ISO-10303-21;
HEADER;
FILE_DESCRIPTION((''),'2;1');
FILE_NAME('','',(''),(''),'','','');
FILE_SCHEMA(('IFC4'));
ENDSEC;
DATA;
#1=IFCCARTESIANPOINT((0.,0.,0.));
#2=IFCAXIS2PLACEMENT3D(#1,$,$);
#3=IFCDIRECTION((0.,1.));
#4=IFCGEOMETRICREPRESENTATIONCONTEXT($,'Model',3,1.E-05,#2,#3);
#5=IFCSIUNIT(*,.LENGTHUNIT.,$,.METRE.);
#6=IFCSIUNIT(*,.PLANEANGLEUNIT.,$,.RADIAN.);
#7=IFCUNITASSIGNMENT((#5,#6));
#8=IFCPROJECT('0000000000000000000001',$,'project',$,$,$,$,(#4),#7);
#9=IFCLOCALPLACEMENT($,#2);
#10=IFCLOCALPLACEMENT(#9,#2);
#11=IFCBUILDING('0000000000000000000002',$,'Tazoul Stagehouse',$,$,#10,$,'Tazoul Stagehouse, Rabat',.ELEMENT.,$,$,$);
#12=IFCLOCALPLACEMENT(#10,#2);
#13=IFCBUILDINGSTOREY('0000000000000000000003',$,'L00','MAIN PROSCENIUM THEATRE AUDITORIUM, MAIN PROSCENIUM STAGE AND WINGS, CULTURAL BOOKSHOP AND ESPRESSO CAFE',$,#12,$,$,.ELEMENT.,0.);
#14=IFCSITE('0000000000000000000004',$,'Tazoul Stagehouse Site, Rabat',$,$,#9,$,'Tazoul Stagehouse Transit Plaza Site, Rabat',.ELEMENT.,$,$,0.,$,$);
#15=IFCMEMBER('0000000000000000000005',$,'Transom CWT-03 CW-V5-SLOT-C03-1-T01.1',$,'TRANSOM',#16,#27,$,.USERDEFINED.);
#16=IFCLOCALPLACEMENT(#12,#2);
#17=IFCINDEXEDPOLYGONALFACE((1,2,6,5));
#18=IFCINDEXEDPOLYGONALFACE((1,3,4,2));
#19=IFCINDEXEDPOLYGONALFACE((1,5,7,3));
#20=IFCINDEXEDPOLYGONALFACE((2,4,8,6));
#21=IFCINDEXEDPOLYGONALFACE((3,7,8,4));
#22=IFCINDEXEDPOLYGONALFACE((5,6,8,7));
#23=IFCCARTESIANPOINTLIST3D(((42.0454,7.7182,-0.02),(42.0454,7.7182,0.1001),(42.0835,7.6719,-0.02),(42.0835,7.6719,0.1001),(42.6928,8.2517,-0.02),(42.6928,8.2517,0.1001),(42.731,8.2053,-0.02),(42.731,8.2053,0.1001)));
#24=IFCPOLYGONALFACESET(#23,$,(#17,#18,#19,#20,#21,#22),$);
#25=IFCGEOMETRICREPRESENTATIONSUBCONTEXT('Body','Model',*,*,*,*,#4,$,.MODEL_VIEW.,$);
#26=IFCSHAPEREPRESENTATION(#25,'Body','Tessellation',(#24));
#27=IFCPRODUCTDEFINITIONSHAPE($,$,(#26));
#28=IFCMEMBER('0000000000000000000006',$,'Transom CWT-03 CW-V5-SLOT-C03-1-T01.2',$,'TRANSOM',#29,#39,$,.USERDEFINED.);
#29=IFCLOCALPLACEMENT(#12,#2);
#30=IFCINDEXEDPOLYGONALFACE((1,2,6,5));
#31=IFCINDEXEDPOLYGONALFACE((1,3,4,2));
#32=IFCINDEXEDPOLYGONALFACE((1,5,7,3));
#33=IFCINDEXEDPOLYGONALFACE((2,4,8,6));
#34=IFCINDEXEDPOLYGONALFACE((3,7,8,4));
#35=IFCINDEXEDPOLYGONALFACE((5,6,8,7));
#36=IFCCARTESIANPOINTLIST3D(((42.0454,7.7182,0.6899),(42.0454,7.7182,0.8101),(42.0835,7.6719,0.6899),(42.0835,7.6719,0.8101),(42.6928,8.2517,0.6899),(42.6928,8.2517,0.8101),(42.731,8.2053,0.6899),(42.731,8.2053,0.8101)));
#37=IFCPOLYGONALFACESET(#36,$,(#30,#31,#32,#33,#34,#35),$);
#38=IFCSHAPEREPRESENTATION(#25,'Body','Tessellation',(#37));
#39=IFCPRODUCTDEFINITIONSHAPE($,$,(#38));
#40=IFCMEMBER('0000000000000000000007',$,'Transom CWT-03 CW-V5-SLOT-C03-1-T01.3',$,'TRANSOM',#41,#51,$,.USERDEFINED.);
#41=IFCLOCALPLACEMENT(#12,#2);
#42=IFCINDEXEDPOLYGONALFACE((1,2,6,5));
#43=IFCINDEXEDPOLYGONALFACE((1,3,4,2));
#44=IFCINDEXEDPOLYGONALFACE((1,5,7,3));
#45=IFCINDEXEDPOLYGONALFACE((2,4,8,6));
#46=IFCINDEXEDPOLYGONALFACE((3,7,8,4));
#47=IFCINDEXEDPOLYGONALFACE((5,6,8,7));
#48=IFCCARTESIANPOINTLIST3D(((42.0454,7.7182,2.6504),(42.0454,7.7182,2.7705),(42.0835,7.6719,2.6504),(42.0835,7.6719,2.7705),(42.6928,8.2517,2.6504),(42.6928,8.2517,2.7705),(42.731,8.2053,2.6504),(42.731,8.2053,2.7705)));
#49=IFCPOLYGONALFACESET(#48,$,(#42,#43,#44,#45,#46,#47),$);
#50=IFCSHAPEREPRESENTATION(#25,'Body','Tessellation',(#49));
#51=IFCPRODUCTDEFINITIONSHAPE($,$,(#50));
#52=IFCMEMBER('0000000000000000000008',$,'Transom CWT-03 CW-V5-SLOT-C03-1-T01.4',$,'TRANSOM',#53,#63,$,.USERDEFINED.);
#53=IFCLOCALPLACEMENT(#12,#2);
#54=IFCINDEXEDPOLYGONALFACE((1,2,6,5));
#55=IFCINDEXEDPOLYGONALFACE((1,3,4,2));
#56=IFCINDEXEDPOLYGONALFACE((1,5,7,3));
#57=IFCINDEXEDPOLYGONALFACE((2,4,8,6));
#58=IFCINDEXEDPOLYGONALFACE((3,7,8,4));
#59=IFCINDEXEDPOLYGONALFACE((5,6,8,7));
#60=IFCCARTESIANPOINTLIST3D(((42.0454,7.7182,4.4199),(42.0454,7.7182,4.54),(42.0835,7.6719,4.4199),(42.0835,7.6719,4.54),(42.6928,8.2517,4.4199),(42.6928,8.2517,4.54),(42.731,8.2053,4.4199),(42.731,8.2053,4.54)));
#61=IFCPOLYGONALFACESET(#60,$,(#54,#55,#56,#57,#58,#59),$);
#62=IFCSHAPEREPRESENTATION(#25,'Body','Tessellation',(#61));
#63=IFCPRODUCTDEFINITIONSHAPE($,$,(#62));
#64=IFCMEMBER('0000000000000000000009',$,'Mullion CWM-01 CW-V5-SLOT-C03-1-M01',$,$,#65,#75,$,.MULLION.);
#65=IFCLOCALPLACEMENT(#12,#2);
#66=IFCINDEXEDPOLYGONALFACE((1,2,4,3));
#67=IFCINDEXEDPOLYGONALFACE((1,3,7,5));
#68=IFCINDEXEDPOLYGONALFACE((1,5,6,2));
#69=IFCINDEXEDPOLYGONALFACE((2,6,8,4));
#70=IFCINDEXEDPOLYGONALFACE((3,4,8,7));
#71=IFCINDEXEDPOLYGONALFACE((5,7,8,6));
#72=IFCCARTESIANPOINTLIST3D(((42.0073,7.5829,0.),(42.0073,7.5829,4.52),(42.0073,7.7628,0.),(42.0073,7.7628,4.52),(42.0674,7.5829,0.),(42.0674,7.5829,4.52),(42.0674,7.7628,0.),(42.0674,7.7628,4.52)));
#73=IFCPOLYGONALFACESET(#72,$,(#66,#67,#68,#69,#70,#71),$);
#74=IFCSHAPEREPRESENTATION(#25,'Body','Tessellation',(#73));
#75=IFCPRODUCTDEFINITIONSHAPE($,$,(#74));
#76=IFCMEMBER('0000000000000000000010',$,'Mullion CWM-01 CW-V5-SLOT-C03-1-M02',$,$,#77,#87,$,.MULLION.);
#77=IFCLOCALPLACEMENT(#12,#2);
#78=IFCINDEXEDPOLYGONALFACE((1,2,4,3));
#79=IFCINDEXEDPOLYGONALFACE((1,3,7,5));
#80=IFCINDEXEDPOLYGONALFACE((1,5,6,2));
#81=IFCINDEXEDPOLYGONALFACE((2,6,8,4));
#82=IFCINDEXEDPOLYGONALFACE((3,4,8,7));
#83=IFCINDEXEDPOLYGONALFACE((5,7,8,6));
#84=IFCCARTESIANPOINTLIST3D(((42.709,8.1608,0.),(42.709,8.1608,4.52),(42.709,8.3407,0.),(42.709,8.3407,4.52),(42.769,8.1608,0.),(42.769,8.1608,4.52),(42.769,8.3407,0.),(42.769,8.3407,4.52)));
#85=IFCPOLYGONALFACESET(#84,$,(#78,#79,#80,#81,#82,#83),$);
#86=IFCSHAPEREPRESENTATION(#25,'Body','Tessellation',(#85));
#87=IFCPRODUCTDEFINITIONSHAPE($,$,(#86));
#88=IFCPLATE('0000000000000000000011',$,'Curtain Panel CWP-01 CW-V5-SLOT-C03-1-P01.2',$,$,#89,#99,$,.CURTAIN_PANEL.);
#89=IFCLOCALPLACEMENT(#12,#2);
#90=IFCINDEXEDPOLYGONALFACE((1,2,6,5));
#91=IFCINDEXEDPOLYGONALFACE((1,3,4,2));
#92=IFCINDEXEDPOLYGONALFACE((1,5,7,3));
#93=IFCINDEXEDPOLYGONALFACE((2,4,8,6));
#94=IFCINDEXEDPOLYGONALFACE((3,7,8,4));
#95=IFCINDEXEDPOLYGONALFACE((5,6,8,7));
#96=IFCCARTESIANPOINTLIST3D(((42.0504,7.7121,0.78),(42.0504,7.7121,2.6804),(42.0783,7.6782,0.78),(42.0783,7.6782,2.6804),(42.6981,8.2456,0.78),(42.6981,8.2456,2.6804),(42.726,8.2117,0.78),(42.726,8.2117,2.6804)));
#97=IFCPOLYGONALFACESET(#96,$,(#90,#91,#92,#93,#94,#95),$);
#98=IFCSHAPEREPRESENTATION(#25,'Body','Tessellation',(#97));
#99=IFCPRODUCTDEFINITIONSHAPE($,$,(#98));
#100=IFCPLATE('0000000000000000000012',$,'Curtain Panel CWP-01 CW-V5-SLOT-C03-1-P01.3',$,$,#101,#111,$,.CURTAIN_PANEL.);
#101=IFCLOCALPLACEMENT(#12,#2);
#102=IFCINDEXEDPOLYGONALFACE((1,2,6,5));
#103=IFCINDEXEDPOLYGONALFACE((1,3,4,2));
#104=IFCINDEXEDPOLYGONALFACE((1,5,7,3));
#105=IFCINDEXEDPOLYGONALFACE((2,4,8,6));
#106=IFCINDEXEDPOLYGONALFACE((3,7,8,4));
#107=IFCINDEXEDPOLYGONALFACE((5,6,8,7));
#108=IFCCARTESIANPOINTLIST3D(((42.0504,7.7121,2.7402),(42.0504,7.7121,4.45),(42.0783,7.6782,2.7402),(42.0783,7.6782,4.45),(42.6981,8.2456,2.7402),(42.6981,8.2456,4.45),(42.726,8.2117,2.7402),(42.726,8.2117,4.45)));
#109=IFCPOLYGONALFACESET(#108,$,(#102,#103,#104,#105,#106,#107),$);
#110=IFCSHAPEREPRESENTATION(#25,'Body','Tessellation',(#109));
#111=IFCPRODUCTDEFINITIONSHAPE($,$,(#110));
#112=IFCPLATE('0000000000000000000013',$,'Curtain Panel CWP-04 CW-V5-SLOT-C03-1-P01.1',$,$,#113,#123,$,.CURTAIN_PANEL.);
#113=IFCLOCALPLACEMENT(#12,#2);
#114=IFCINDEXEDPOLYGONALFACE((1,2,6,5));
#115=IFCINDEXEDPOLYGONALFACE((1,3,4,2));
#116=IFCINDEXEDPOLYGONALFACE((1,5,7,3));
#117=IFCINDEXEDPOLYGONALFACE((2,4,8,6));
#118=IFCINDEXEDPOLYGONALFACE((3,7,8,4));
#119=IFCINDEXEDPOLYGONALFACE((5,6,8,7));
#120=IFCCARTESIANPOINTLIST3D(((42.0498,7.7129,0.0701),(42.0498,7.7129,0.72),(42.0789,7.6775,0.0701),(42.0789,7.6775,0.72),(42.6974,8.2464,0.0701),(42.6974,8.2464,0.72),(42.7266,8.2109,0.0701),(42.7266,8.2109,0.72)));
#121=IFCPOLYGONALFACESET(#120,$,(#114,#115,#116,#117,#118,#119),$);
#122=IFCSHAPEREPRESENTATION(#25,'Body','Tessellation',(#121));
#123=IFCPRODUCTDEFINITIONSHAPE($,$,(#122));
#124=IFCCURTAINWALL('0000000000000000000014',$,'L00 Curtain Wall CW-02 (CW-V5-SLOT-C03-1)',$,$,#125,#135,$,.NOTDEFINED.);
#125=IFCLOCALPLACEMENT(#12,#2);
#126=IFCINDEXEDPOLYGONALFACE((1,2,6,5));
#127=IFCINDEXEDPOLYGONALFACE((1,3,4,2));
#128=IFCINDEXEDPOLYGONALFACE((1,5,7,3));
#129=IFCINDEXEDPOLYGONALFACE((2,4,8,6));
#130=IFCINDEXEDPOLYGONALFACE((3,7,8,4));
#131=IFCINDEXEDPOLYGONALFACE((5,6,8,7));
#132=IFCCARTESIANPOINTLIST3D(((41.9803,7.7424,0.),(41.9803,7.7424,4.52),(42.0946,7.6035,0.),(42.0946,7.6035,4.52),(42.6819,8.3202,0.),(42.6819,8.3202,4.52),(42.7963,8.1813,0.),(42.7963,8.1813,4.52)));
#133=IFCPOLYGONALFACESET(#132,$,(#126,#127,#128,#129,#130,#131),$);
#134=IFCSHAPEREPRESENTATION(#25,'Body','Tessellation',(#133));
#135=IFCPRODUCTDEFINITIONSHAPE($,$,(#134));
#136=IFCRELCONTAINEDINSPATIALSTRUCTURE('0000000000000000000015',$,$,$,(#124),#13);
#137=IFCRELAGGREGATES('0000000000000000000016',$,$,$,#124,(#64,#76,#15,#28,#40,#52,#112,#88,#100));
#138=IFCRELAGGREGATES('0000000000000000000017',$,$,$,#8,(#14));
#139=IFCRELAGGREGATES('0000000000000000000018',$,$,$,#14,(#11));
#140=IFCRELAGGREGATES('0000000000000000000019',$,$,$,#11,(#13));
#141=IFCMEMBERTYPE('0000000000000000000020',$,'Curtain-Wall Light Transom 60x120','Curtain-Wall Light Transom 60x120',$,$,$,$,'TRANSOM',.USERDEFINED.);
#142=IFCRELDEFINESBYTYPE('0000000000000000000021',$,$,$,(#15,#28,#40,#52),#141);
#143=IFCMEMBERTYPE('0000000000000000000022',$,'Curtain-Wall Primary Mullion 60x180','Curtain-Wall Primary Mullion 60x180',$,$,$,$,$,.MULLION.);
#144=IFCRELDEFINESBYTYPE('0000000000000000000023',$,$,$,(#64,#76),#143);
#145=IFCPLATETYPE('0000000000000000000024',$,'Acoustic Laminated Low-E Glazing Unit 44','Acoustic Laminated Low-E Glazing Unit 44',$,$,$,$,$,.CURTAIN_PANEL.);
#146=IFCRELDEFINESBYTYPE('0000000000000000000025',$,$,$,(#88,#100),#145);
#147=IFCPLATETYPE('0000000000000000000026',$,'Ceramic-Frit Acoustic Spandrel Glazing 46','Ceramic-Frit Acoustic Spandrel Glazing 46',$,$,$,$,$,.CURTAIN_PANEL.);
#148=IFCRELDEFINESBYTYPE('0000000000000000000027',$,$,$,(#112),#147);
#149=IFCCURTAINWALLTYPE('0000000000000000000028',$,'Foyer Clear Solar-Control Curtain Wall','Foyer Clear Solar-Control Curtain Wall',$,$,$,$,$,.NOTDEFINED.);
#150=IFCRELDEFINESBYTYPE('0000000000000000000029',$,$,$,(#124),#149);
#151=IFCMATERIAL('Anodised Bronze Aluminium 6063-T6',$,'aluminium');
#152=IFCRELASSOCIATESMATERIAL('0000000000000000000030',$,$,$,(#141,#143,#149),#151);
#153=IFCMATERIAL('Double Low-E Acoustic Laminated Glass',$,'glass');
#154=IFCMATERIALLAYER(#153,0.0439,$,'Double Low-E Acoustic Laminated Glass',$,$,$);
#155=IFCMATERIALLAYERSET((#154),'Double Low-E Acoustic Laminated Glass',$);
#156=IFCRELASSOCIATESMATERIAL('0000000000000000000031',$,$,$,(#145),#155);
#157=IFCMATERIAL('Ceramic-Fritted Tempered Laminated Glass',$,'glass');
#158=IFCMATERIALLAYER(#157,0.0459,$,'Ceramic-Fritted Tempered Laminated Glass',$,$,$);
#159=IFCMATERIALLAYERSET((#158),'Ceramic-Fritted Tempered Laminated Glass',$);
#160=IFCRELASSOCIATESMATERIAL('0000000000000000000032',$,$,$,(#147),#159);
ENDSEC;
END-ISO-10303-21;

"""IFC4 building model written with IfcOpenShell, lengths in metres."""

from ifc_helpers import new_model, si_unit, direction, frame, frame_2d, origin, origin_2d, place, context, subcontext, project, spatial, rectangle, extrude, material, layer, layer_set, material_profile, profile_set, type_object, element, aggregate, save


model = new_model("IFC4")

# Units and contexts
model_context = context("Model", 3, precision=1e-05, world=origin(), true_north=direction((0.0, 1.0)))
body_context = subcontext(model_context, "Body", "Model", "MODEL_VIEW")
ifc_project = project(units=[si_unit("LENGTHUNIT", "METRE"), si_unit("PLANEANGLEUNIT", "RADIAN")], contexts=[model_context])

# Site, building, storey
site_placement = place(None, origin())
site = spatial("IfcSite", under=ifc_project, at=site_placement, Name="Tazoul Stagehouse Site, Rabat", LongName="Tazoul Stagehouse Transit Plaza Site, Rabat", CompositionType="ELEMENT", RefElevation=0.0)
building_placement = place(site_placement, origin())
building = spatial("IfcBuilding", under=site, at=building_placement, Name="Tazoul Stagehouse", LongName="Tazoul Stagehouse, Rabat", CompositionType="ELEMENT")
storey_placement = place(building_placement, origin())
storey = spatial("IfcBuildingStorey", under=building, at=storey_placement, Name="L00", Description="MAIN PROSCENIUM THEATRE AUDITORIUM, MAIN PROSCENIUM STAGE AND WINGS, CULTURAL BOOKSHOP AND ESPRESSO CAFE", CompositionType="ELEMENT", Elevation=0.0)

# Members
ifc_material_1 = material(Name="Anodised Bronze Aluminium 6063-T6", Category="aluminium")
ifc_material_profile_1 = material_profile(ifc_material_1, rectangle(XDim=0.0601, YDim=0.1201, at=origin_2d()), Name="ALU TRANSOM 60x120")
ifc_profile_set_1 = profile_set([ifc_material_profile_1], Name="Anodised Bronze Aluminium 6063-T6")
member_type_1 = type_object("IfcMemberType", Name="Curtain-Wall Light Transom 60x120", Description="Curtain-Wall Light Transom 60x120", ElementType="TRANSOM", PredefinedType="USERDEFINED", material=ifc_profile_set_1)
member_1_placement = place(storey_placement, frame((42.0645, 7.6951, 0.04), z_axis=(0.771787, 0.635881, 0.0), x_axis=(-0.635881, 0.771787, 0.0)))
member_1 = element("IfcMember", 1, at=member_1_placement, type_object=member_type_1, Name="Transom CWT-03 CW-V5-SLOT-C03-1-T01.1", ObjectType="TRANSOM", PredefinedType="USERDEFINED", context=body_context, shape_type="SweptSolid", body=[
    extrude(rectangle(XDim=0.0601, YDim=0.1201, at=origin_2d()), origin(), (0.0, 0.0, 1.0), 0.8389),
])
member_2_placement = place(storey_placement, frame((42.0645, 7.6951, 0.75), z_axis=(0.771787, 0.635881, 0.0), x_axis=(-0.635881, 0.771787, 0.0)))
member_2 = element("IfcMember", 2, at=member_2_placement, type_object=member_type_1, Name="Transom CWT-03 CW-V5-SLOT-C03-1-T01.2", ObjectType="TRANSOM", PredefinedType="USERDEFINED", context=body_context, shape_type="SweptSolid", body=[
    extrude(rectangle(XDim=0.0601, YDim=0.1201, at=origin_2d()), origin(), (0.0, 0.0, 1.0), 0.8389),
])
member_3_placement = place(storey_placement, frame((42.0645, 7.6951, 2.7104), z_axis=(0.771787, 0.635881, 0.0), x_axis=(-0.635881, 0.771787, 0.0)))
member_3 = element("IfcMember", 3, at=member_3_placement, type_object=member_type_1, Name="Transom CWT-03 CW-V5-SLOT-C03-1-T01.3", ObjectType="TRANSOM", PredefinedType="USERDEFINED", context=body_context, shape_type="SweptSolid", body=[
    extrude(rectangle(XDim=0.0601, YDim=0.1201, at=origin_2d()), origin(), (0.0, 0.0, 1.0), 0.8389),
])
member_4_placement = place(storey_placement, frame((42.0645, 7.6951, 4.48), z_axis=(0.771787, 0.635881, 0.0), x_axis=(-0.635881, 0.771787, 0.0)))
member_4 = element("IfcMember", 4, at=member_4_placement, type_object=member_type_1, Name="Transom CWT-03 CW-V5-SLOT-C03-1-T01.4", ObjectType="TRANSOM", PredefinedType="USERDEFINED", context=body_context, shape_type="SweptSolid", body=[
    extrude(rectangle(XDim=0.0601, YDim=0.1201, at=origin_2d()), origin(), (0.0, 0.0, 1.0), 0.8389),
])
ifc_material_profile_2 = material_profile(ifc_material_1, rectangle(XDim=0.0601, YDim=0.1799, at=origin_2d()), Name="ALU MULLION 60x180")
ifc_profile_set_2 = profile_set([ifc_material_profile_2], Name="Anodised Bronze Aluminium 6063-T6")
member_type_2 = type_object("IfcMemberType", Name="Curtain-Wall Primary Mullion 60x180", Description="Curtain-Wall Primary Mullion 60x180", PredefinedType="MULLION", material=ifc_profile_set_2)
member_5_placement = place(storey_placement, frame((42.0374, 7.6729, 0.0), z_axis=(0.0, 0.0, 1.0), x_axis=(1.0, 0.0, 0.0)))
member_5 = element("IfcMember", 5, at=member_5_placement, type_object=member_type_2, Name="Mullion CWM-01 CW-V5-SLOT-C03-1-M01", PredefinedType="MULLION", context=body_context, shape_type="SweptSolid", body=[
    extrude(rectangle(XDim=0.0601, YDim=0.1799, at=origin_2d()), origin(), (0.0, 0.0, 1.0), 4.52),
])
member_6_placement = place(storey_placement, frame((42.739, 8.2507, 0.0), z_axis=(0.0, 0.0, 1.0), x_axis=(1.0, 0.0, 0.0)))
member_6 = element("IfcMember", 6, at=member_6_placement, type_object=member_type_2, Name="Mullion CWM-01 CW-V5-SLOT-C03-1-M02", PredefinedType="MULLION", context=body_context, shape_type="SweptSolid", body=[
    extrude(rectangle(XDim=0.0601, YDim=0.1799, at=origin_2d()), origin(), (0.0, 0.0, 1.0), 4.52),
])

# Plates
ifc_material_2 = material(Name="Double Low-E Acoustic Laminated Glass", Category="glass")
ifc_layer_1 = layer(ifc_material_2, 0.0439, Name="Double Low-E Acoustic Laminated Glass")
ifc_layer_set_1 = layer_set([ifc_layer_1], Name="Double Low-E Acoustic Laminated Glass")
plate_type_1 = type_object("IfcPlateType", Name="Acoustic Laminated Low-E Glazing Unit 44", Description="Acoustic Laminated Low-E Glazing Unit 44", PredefinedType="CURTAIN_PANEL", material=ifc_layer_set_1)
plate_1_placement = place(storey_placement, frame((42.3882, 7.9619, 0.78), z_axis=(0.0, 0.0, 1.0), x_axis=(0.77187, 0.635781, 0.0)))
plate_1 = element("IfcPlate", 7, at=plate_1_placement, type_object=plate_type_1, Name="Curtain Panel CWP-01 CW-V5-SLOT-C03-1-P01.2", PredefinedType="CURTAIN_PANEL", context=body_context, shape_type="SweptSolid", body=[
    extrude(rectangle(XDim=0.8391, YDim=0.0439, at=origin_2d()), origin(), (0.0, 0.0, 1.0), 1.9004),
])
plate_2_placement = place(storey_placement, frame((42.3882, 7.9619, 2.7402), z_axis=(0.0, 0.0, 1.0), x_axis=(0.77187, 0.635781, 0.0)))
plate_2 = element("IfcPlate", 8, at=plate_2_placement, type_object=plate_type_1, Name="Curtain Panel CWP-01 CW-V5-SLOT-C03-1-P01.3", PredefinedType="CURTAIN_PANEL", context=body_context, shape_type="SweptSolid", body=[
    extrude(rectangle(XDim=0.8391, YDim=0.0439, at=origin_2d()), origin(), (0.0, 0.0, 1.0), 1.7097),
])
ifc_material_3 = material(Name="Ceramic-Fritted Tempered Laminated Glass", Category="glass")
ifc_layer_2 = layer(ifc_material_3, 0.0459, Name="Ceramic-Fritted Tempered Laminated Glass")
ifc_layer_set_2 = layer_set([ifc_layer_2], Name="Ceramic-Fritted Tempered Laminated Glass")
plate_type_2 = type_object("IfcPlateType", Name="Ceramic-Frit Acoustic Spandrel Glazing 46", Description="Ceramic-Frit Acoustic Spandrel Glazing 46", PredefinedType="CURTAIN_PANEL", material=ifc_layer_set_2)
plate_3_placement = place(storey_placement, frame((42.3882, 7.9619, 0.0701), z_axis=(0.0, 0.0, 1.0), x_axis=(0.77187, 0.635781, 0.0)))
plate_3 = element("IfcPlate", 9, at=plate_3_placement, type_object=plate_type_2, Name="Curtain Panel CWP-04 CW-V5-SLOT-C03-1-P01.1", PredefinedType="CURTAIN_PANEL", context=body_context, shape_type="SweptSolid", body=[
    extrude(rectangle(XDim=0.8391, YDim=0.0459, at=origin_2d()), origin(), (0.0, 0.0, 1.0), 0.6499),
])

# Curtain wall
curtain_wall_type = type_object("IfcCurtainWallType", Name="Foyer Clear Solar-Control Curtain Wall", Description="Foyer Clear Solar-Control Curtain Wall", PredefinedType="NOTDEFINED", material=ifc_material_1)
curtain_wall_1_placement = place(storey_placement, frame((42.0374, 7.6729, 0.0), z_axis=(0.0, 0.0, 1.0), x_axis=(0.771907, 0.635735, 0.0)))
curtain_wall_1 = element("IfcCurtainWall", 10, at=curtain_wall_1_placement, inside=storey, type_object=curtain_wall_type, Name="L00 Curtain Wall CW-02 (CW-V5-SLOT-C03-1)", PredefinedType="NOTDEFINED", context=body_context, shape_type="SweptSolid", body=[
    extrude(rectangle(XDim=0.9089, YDim=0.1799, at=frame_2d((0.4546, 0.0))), origin(), (0.0, 0.0, 1.0), 4.52),
])
aggregate(curtain_wall_1, [member_5, member_6, member_1, member_2, member_3, member_4, plate_3, plate_1, plate_2])

save(model, "model.ifc")
